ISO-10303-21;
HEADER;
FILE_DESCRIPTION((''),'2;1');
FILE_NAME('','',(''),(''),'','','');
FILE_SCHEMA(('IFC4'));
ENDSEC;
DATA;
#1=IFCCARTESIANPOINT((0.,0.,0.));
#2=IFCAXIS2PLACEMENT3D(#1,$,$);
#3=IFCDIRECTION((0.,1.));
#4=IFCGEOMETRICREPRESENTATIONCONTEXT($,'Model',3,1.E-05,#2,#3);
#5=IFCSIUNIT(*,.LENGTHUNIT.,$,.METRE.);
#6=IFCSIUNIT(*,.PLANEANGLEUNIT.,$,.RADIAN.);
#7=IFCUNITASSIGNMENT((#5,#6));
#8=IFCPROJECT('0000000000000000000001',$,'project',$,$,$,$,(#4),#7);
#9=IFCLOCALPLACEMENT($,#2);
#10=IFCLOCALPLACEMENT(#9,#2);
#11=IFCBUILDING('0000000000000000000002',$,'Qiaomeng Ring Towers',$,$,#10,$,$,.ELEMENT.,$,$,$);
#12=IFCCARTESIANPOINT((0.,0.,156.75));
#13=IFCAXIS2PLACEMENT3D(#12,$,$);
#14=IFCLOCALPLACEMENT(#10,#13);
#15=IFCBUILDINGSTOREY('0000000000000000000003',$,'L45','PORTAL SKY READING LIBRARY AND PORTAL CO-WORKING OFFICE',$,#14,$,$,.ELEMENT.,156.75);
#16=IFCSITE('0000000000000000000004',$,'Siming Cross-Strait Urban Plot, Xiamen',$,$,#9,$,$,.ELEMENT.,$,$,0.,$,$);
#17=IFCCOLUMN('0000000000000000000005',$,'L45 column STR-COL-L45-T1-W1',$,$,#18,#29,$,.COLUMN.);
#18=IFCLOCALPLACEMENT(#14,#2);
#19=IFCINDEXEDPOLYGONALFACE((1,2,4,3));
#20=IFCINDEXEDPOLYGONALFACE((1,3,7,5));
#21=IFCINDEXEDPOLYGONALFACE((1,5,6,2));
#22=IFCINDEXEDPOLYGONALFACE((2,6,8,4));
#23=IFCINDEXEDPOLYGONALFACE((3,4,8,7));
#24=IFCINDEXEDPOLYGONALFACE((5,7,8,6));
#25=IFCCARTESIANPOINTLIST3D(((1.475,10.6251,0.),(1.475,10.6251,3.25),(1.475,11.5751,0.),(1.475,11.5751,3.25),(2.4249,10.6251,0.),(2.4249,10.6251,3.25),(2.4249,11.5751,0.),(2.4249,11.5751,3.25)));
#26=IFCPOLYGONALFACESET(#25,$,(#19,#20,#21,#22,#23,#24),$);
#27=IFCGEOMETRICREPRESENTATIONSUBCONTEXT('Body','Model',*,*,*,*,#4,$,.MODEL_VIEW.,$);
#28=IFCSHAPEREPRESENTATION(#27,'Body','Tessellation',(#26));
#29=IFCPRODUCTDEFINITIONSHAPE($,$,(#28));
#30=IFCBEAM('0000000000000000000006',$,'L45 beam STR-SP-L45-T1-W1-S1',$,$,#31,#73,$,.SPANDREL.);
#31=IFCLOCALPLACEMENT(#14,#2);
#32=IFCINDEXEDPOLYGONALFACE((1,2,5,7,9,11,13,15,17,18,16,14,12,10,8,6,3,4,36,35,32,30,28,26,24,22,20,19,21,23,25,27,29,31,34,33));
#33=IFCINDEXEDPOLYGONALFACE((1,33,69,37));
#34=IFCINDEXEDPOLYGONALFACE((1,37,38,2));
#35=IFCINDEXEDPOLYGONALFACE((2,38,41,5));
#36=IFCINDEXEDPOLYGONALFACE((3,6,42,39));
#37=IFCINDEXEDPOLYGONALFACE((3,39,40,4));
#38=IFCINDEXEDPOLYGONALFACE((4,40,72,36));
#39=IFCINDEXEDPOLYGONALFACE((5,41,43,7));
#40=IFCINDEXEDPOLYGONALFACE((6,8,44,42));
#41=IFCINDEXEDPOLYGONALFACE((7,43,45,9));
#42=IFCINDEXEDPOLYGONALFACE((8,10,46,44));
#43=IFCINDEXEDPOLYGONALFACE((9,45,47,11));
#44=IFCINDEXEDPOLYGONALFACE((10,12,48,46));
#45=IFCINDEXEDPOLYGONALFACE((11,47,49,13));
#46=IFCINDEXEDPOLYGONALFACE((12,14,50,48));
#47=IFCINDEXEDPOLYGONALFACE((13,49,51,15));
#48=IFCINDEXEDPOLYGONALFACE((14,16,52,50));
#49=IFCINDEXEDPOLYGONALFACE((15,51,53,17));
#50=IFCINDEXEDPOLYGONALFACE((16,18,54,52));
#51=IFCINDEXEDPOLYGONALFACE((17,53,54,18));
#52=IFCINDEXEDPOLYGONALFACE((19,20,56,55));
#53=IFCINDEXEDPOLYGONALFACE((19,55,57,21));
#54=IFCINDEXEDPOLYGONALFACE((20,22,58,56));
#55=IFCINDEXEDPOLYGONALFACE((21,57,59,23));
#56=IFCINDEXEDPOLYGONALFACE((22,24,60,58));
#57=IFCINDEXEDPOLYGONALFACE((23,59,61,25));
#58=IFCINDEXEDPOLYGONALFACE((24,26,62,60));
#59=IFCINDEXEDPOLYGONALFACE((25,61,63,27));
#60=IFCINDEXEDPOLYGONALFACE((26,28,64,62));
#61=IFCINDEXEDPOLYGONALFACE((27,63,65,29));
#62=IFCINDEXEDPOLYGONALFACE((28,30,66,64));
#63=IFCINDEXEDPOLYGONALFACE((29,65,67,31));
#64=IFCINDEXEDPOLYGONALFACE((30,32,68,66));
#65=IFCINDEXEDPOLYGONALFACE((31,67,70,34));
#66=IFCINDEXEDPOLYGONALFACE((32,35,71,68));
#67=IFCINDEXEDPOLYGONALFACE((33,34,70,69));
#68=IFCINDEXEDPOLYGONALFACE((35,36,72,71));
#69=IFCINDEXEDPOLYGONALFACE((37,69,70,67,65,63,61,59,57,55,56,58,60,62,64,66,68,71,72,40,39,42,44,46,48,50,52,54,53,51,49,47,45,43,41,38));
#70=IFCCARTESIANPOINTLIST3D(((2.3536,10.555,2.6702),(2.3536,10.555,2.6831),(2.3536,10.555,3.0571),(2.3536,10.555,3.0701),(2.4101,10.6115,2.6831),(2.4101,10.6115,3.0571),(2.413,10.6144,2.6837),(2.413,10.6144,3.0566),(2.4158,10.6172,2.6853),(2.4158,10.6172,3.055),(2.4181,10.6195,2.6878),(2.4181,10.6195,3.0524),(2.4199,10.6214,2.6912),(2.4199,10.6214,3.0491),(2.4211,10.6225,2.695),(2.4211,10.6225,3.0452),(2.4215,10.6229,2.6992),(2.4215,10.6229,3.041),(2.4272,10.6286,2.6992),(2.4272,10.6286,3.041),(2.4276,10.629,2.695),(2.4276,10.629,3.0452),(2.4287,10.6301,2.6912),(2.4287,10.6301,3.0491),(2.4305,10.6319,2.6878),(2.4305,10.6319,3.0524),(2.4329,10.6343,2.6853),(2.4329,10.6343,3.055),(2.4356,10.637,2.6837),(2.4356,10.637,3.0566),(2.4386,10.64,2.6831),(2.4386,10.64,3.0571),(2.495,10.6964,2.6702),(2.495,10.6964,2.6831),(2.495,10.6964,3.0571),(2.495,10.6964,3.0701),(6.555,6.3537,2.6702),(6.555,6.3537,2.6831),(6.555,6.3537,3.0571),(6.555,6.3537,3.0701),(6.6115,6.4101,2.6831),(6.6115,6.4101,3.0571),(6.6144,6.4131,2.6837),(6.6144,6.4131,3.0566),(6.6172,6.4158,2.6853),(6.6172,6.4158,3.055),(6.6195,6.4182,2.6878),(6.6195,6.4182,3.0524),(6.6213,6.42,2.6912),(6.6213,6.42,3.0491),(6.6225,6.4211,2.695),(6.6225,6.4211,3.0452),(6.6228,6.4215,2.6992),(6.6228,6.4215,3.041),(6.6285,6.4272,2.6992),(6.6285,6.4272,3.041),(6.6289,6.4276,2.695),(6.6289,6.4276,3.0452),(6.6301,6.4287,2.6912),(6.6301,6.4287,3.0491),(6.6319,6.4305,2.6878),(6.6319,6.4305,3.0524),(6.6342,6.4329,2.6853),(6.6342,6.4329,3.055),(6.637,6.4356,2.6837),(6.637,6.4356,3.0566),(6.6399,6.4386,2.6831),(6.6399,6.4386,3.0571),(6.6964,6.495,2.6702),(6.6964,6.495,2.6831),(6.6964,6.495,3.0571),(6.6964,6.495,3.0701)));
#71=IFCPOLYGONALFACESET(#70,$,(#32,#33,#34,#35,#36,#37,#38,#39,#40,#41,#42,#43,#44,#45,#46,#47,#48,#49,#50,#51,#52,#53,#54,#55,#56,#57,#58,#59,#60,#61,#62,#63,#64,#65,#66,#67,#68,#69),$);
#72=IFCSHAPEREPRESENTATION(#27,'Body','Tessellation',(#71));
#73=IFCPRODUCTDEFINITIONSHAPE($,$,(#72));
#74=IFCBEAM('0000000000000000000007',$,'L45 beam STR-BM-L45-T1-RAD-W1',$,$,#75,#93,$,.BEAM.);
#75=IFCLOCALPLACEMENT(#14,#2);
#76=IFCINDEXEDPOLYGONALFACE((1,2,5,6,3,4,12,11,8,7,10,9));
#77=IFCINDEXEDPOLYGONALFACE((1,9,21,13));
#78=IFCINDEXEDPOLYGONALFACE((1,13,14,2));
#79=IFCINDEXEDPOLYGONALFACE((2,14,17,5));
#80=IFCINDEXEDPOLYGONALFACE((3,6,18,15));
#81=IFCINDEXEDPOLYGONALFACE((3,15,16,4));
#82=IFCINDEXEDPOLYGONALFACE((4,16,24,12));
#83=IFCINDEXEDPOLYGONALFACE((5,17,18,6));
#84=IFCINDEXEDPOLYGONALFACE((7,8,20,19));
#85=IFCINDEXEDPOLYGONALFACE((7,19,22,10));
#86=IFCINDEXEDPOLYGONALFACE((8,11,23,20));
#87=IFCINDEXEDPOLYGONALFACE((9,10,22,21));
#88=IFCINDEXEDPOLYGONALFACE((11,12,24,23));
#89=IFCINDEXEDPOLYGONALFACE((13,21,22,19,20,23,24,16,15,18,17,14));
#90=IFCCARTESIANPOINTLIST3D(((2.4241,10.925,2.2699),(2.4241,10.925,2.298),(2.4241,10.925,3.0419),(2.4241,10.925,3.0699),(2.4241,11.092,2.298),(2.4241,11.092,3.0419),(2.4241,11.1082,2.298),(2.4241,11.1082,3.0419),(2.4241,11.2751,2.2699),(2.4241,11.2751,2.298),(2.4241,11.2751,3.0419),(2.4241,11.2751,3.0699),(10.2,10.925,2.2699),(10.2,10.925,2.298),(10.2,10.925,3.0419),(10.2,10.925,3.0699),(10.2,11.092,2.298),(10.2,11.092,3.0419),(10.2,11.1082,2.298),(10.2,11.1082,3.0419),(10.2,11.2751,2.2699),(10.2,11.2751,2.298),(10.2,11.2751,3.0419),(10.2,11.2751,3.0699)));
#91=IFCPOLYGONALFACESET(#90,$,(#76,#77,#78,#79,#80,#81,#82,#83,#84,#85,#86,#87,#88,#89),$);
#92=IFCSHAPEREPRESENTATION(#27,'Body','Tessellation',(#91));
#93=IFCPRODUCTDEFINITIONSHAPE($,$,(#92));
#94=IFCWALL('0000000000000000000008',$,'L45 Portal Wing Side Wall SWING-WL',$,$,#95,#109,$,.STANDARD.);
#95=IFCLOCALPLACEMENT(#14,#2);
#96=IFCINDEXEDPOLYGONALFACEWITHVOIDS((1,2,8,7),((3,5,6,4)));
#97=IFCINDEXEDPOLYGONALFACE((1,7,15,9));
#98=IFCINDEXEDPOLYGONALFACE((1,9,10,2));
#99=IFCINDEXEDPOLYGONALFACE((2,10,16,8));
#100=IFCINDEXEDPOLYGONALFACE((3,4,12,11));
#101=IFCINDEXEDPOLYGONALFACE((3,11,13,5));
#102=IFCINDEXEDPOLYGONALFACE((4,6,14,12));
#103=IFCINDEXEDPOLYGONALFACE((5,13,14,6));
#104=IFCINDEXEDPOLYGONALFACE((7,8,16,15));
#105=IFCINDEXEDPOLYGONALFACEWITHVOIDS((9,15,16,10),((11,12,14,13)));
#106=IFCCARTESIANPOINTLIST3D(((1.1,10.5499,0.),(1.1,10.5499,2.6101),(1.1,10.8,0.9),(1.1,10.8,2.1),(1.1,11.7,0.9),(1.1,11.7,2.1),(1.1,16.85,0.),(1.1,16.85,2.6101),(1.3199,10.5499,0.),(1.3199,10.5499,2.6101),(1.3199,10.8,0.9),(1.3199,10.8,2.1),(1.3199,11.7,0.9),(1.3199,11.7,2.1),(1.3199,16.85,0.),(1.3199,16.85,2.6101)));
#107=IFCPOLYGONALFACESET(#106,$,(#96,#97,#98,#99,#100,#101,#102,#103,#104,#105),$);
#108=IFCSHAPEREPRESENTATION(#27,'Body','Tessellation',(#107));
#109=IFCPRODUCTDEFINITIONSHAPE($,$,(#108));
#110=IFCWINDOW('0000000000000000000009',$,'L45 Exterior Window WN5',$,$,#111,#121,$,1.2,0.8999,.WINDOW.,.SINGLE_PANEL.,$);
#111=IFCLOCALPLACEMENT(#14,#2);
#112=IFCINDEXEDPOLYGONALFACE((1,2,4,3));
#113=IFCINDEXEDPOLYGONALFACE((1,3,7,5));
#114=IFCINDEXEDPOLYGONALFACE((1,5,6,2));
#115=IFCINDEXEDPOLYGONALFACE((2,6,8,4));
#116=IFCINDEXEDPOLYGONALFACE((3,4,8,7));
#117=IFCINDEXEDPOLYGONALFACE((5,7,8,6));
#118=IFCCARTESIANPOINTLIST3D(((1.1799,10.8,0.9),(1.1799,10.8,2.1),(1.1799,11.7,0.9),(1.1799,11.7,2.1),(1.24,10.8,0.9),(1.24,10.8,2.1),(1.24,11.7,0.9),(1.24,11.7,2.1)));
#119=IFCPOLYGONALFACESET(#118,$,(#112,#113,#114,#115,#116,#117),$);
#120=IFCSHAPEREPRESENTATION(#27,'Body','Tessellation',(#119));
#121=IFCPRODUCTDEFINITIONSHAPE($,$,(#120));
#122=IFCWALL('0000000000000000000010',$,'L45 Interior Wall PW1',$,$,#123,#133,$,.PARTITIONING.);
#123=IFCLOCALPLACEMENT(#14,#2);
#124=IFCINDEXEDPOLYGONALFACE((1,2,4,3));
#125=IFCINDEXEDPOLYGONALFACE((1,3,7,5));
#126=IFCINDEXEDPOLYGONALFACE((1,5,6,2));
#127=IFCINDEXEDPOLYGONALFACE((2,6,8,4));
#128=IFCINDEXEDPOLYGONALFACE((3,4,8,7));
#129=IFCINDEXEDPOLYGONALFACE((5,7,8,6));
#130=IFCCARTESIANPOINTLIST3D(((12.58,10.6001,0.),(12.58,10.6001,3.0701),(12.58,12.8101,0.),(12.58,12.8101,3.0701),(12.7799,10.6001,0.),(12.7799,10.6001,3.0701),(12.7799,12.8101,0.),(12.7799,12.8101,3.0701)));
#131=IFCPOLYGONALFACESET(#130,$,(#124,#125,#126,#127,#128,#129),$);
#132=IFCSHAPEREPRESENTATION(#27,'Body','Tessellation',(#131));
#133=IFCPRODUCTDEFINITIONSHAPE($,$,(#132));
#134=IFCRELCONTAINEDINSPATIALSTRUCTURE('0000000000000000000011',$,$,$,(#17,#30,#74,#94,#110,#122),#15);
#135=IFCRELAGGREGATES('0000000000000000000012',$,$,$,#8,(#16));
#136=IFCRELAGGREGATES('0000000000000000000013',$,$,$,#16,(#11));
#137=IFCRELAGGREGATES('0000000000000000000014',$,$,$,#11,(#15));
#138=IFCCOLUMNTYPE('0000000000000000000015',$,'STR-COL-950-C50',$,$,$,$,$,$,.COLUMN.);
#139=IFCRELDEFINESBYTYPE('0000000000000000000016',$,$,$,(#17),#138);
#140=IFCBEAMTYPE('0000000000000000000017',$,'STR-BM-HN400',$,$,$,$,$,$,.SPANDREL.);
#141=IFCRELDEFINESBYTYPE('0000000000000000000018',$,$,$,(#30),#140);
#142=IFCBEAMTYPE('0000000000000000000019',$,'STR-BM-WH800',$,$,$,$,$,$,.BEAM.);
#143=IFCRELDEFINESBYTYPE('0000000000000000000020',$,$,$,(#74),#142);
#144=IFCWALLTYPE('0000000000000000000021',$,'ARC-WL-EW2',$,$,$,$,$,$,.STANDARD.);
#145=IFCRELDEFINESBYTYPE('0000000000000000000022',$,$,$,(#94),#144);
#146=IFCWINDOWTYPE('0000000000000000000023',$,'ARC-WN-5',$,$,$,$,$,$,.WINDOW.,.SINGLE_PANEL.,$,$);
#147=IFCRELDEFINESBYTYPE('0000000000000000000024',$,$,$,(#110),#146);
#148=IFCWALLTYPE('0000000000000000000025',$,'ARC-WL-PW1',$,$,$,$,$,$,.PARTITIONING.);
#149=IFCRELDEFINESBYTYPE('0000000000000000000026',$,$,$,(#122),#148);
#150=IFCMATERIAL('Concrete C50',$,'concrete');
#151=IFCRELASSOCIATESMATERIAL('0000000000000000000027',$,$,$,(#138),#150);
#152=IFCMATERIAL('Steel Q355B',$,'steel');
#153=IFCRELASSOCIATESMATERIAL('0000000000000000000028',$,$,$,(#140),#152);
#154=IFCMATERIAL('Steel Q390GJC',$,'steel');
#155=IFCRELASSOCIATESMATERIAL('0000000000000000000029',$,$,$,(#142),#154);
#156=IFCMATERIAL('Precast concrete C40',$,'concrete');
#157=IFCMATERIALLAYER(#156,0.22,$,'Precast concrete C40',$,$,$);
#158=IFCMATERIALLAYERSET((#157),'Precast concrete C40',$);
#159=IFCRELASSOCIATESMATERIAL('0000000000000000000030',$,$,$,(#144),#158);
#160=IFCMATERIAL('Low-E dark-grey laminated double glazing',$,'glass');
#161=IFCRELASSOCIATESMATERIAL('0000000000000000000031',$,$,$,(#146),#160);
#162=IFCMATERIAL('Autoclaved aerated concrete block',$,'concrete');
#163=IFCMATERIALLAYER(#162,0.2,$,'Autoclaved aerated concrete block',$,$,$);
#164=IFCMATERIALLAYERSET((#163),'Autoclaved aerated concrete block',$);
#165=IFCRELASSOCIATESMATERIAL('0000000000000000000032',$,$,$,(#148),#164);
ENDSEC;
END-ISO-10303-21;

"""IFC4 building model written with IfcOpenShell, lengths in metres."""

from ifc_helpers import new_model, si_unit, direction, frame, frame_2d, origin, origin_2d, place, context, subcontext, project, spatial, rectangle, i_section, extrude, source, transform, mapped, material, layer, layer_set, material_profile, profile_set, type_object, element, fill, save


model = new_model("IFC4")

# Units and contexts
model_context = context("Model", 3, precision=1e-05, world=origin(), true_north=direction((0.0, 1.0)))
body_context = subcontext(model_context, "Body", "Model", "MODEL_VIEW")
ifc_project = project(units=[si_unit("LENGTHUNIT", "METRE"), si_unit("PLANEANGLEUNIT", "RADIAN")], contexts=[model_context])

# Site, building, storey
site_placement = place(None, origin())
site = spatial("IfcSite", under=ifc_project, at=site_placement, Name="Siming Cross-Strait Urban Plot, Xiamen", CompositionType="ELEMENT", RefElevation=0.0)
building_placement = place(site_placement, origin())
building = spatial("IfcBuilding", under=site, at=building_placement, Name="Qiaomeng Ring Towers", CompositionType="ELEMENT")
storey_placement = place(building_placement, frame((0.0, 0.0, 156.75)))
storey = spatial("IfcBuildingStorey", under=building, at=storey_placement, Name="L45", Description="PORTAL SKY READING LIBRARY AND PORTAL CO-WORKING OFFICE", CompositionType="ELEMENT", Elevation=156.75)

# Column
ifc_material_1 = material(Name="Concrete C50", Category="concrete")
ifc_material_profile_1 = material_profile(ifc_material_1, rectangle(XDim=0.95, YDim=0.95, at=origin_2d()), Name="RC COL 950x950")
ifc_profile_set_1 = profile_set([ifc_material_profile_1], Name="Concrete C50")
column_type = type_object("IfcColumnType", Name="STR-COL-950-C50", PredefinedType="COLUMN", material=ifc_profile_set_1)
shared_shape_1 = source(origin(), body_context, "Body", "SweptSolid", [
    extrude(rectangle(XDim=0.95, YDim=0.95, at=origin_2d()), origin(), (0.0, 0.0, 1.0), 3.25),
])
column_placement = place(storey_placement, frame((1.95, 11.1001, 0.0), z_axis=(0.0, 0.0, 1.0), x_axis=(1.0, 0.0, 0.0)))
element("IfcColumn", 1, at=column_placement, inside=storey, type_object=column_type, Name="L45 column STR-COL-L45-T1-W1", PredefinedType="COLUMN", context=body_context, shape_type="MappedRepresentation", body=[
    mapped(shared_shape_1, transform((0.0, 0.0, 0.0), x_axis=(1.0, 0.0, 0.0), y_axis=(0.0, 1.0, 0.0), z_axis=(0.0, 0.0, 1.0), scale=1.0)),
])

# Beams
ifc_material_2 = material(Name="Steel Q355B", Category="steel")
ifc_material_profile_2 = material_profile(ifc_material_2, i_section(OverallWidth=0.2, OverallDepth=0.3999, WebThickness=0.0081, FlangeThickness=0.0129, FilletRadius=0.0161, at=origin_2d()), Name="HN 400x200x8x13")
ifc_profile_set_2 = profile_set([ifc_material_profile_2], Name="Steel Q355B")
beam_type_1 = type_object("IfcBeamType", Name="STR-BM-HN400", PredefinedType="SPANDREL", material=ifc_profile_set_2)
shared_shape_2 = source(origin(), body_context, "Body", "SweptSolid", [
    extrude(i_section(OverallWidth=0.2, OverallDepth=0.3999, WebThickness=0.0081, FlangeThickness=0.0129, FilletRadius=0.0161, at=origin_2d()), origin(), (0.0, 0.0, 1.0), 5.9417),
])
beam_1_placement = place(storey_placement, frame((2.4243, 10.6257, 2.8701), z_axis=(0.707107, -0.707107, 0.0), x_axis=(0.707107, 0.707107, 0.0)))
element("IfcBeam", 2, at=beam_1_placement, inside=storey, type_object=beam_type_1, Name="L45 beam STR-SP-L45-T1-W1-S1", PredefinedType="SPANDREL", context=body_context, shape_type="MappedRepresentation", body=[
    mapped(shared_shape_2, transform((0.0, 0.0, 0.0), x_axis=(1.0, 0.0, 0.0), y_axis=(0.0, 1.0, 0.0), z_axis=(0.0, 0.0, 1.0), scale=1.0)),
])
ifc_material_3 = material(Name="Steel Q390GJC", Category="steel")
ifc_material_profile_3 = material_profile(ifc_material_3, i_section(OverallWidth=0.3501, OverallDepth=0.8, WebThickness=0.0161, FlangeThickness=0.0281, at=origin_2d()), Name="WH 800x350x16x28")
ifc_profile_set_3 = profile_set([ifc_material_profile_3], Name="Steel Q390GJC")
beam_type_2 = type_object("IfcBeamType", Name="STR-BM-WH800", PredefinedType="BEAM", material=ifc_profile_set_3)
shared_shape_3 = source(origin(), body_context, "Body", "SweptSolid", [
    extrude(i_section(OverallWidth=0.3501, OverallDepth=0.8, WebThickness=0.0161, FlangeThickness=0.0281, at=origin_2d()), origin(), (0.0, 0.0, 1.0), 7.7759),
])
beam_2_placement = place(storey_placement, frame((2.4241, 11.1001, 2.6699), z_axis=(1.0, 0.0, 0.0), x_axis=(0.0, 1.0, 0.0)))
element("IfcBeam", 3, at=beam_2_placement, inside=storey, type_object=beam_type_2, Name="L45 beam STR-BM-L45-T1-RAD-W1", PredefinedType="BEAM", context=body_context, shape_type="MappedRepresentation", body=[
    mapped(shared_shape_3, transform((0.0, 0.0, 0.0), x_axis=(1.0, 0.0, 0.0), y_axis=(0.0, 1.0, 0.0), z_axis=(0.0, 0.0, 1.0), scale=1.0)),
])

# Wall, opening, window
ifc_material_4 = material(Name="Precast concrete C40", Category="concrete")
ifc_layer_1 = layer(ifc_material_4, 0.22, Name="Precast concrete C40")
ifc_layer_set_1 = layer_set([ifc_layer_1], Name="Precast concrete C40")
wall_type_1 = type_object("IfcWallType", Name="ARC-WL-EW2", PredefinedType="STANDARD", material=ifc_layer_set_1)
wall_1_placement = place(storey_placement, frame((1.21, 10.55, 0.0), z_axis=(0.0, 0.0, 1.0), x_axis=(0.0, 1.0, 0.0)))
wall_1 = element("IfcWall", 4, at=wall_1_placement, inside=storey, type_object=wall_type_1, Name="L45 Portal Wing Side Wall SWING-WL", PredefinedType="STANDARD", context=body_context, shape_type="SweptSolid", body=[
    extrude(rectangle(XDim=6.3, YDim=0.22, at=frame_2d((3.1499, 0.0))), origin(), (0.0, 0.0, 1.0), 2.6101),
])
opening_1_placement = place(wall_1_placement, frame((0.25, 0.0, 0.8999)))
opening_1 = element("IfcOpeningElement", 5, at=opening_1_placement, cuts=wall_1, PredefinedType="OPENING", context=body_context, shape_type="SweptSolid", body=[
    extrude(rectangle(XDim=0.8999, YDim=1.2, at=frame_2d((0.45, 0.6001))), frame((0.0, 0.1199, 0.0), z_axis=(0.0, -1.0, 0.0), x_axis=(1.0, 0.0, 0.0)), (0.0, 0.0, 1.0), 0.24),
])
ifc_material_5 = material(Name="Low-E dark-grey laminated double glazing", Category="glass")
window_type = type_object("IfcWindowType", Name="ARC-WN-5", PartitioningType="SINGLE_PANEL", PredefinedType="WINDOW", material=ifc_material_5)
shared_shape_4 = source(origin(), body_context, "Body", "SweptSolid", [
    extrude(rectangle(XDim=0.8999, YDim=1.2, at=frame_2d((0.45, 0.6001))), frame((0.0, 0.03, 0.0), z_axis=(0.0, -1.0, 0.0), x_axis=(1.0, 0.0, 0.0)), (0.0, 0.0, 1.0), 0.0601),
])
window_placement = place(opening_1_placement, origin())
window = element("IfcWindow", 6, at=window_placement, inside=storey, type_object=window_type, Name="L45 Exterior Window WN5", OverallHeight=1.2, OverallWidth=0.8999, PartitioningType="SINGLE_PANEL", PredefinedType="WINDOW", context=body_context, shape_type="MappedRepresentation", body=[
    mapped(shared_shape_4, transform((0.0, 0.0, 0.0), x_axis=(1.0, 0.0, 0.0), y_axis=(0.0, 1.0, 0.0), z_axis=(0.0, 0.0, 1.0), scale=1.0)),
])
fill(opening_1, window)

# Wall
ifc_material_6 = material(Name="Autoclaved aerated concrete block", Category="concrete")
ifc_layer_2 = layer(ifc_material_6, 0.2, Name="Autoclaved aerated concrete block")
ifc_layer_set_2 = layer_set([ifc_layer_2], Name="Autoclaved aerated concrete block")
wall_type_2 = type_object("IfcWallType", Name="ARC-WL-PW1", PredefinedType="PARTITIONING", material=ifc_layer_set_2)
wall_2_placement = place(storey_placement, frame((12.6799, 10.6001, 0.0), z_axis=(0.0, 0.0, 1.0), x_axis=(0.0, 1.0, 0.0)))
element("IfcWall", 7, at=wall_2_placement, inside=storey, type_object=wall_type_2, Name="L45 Interior Wall PW1", PredefinedType="PARTITIONING", context=body_context, shape_type="SweptSolid", body=[
    extrude(rectangle(XDim=2.21, YDim=0.2, at=frame_2d((1.105, 0.0))), origin(), (0.0, 0.0, 1.0), 3.0701),
])

save(model, "model.ifc")
